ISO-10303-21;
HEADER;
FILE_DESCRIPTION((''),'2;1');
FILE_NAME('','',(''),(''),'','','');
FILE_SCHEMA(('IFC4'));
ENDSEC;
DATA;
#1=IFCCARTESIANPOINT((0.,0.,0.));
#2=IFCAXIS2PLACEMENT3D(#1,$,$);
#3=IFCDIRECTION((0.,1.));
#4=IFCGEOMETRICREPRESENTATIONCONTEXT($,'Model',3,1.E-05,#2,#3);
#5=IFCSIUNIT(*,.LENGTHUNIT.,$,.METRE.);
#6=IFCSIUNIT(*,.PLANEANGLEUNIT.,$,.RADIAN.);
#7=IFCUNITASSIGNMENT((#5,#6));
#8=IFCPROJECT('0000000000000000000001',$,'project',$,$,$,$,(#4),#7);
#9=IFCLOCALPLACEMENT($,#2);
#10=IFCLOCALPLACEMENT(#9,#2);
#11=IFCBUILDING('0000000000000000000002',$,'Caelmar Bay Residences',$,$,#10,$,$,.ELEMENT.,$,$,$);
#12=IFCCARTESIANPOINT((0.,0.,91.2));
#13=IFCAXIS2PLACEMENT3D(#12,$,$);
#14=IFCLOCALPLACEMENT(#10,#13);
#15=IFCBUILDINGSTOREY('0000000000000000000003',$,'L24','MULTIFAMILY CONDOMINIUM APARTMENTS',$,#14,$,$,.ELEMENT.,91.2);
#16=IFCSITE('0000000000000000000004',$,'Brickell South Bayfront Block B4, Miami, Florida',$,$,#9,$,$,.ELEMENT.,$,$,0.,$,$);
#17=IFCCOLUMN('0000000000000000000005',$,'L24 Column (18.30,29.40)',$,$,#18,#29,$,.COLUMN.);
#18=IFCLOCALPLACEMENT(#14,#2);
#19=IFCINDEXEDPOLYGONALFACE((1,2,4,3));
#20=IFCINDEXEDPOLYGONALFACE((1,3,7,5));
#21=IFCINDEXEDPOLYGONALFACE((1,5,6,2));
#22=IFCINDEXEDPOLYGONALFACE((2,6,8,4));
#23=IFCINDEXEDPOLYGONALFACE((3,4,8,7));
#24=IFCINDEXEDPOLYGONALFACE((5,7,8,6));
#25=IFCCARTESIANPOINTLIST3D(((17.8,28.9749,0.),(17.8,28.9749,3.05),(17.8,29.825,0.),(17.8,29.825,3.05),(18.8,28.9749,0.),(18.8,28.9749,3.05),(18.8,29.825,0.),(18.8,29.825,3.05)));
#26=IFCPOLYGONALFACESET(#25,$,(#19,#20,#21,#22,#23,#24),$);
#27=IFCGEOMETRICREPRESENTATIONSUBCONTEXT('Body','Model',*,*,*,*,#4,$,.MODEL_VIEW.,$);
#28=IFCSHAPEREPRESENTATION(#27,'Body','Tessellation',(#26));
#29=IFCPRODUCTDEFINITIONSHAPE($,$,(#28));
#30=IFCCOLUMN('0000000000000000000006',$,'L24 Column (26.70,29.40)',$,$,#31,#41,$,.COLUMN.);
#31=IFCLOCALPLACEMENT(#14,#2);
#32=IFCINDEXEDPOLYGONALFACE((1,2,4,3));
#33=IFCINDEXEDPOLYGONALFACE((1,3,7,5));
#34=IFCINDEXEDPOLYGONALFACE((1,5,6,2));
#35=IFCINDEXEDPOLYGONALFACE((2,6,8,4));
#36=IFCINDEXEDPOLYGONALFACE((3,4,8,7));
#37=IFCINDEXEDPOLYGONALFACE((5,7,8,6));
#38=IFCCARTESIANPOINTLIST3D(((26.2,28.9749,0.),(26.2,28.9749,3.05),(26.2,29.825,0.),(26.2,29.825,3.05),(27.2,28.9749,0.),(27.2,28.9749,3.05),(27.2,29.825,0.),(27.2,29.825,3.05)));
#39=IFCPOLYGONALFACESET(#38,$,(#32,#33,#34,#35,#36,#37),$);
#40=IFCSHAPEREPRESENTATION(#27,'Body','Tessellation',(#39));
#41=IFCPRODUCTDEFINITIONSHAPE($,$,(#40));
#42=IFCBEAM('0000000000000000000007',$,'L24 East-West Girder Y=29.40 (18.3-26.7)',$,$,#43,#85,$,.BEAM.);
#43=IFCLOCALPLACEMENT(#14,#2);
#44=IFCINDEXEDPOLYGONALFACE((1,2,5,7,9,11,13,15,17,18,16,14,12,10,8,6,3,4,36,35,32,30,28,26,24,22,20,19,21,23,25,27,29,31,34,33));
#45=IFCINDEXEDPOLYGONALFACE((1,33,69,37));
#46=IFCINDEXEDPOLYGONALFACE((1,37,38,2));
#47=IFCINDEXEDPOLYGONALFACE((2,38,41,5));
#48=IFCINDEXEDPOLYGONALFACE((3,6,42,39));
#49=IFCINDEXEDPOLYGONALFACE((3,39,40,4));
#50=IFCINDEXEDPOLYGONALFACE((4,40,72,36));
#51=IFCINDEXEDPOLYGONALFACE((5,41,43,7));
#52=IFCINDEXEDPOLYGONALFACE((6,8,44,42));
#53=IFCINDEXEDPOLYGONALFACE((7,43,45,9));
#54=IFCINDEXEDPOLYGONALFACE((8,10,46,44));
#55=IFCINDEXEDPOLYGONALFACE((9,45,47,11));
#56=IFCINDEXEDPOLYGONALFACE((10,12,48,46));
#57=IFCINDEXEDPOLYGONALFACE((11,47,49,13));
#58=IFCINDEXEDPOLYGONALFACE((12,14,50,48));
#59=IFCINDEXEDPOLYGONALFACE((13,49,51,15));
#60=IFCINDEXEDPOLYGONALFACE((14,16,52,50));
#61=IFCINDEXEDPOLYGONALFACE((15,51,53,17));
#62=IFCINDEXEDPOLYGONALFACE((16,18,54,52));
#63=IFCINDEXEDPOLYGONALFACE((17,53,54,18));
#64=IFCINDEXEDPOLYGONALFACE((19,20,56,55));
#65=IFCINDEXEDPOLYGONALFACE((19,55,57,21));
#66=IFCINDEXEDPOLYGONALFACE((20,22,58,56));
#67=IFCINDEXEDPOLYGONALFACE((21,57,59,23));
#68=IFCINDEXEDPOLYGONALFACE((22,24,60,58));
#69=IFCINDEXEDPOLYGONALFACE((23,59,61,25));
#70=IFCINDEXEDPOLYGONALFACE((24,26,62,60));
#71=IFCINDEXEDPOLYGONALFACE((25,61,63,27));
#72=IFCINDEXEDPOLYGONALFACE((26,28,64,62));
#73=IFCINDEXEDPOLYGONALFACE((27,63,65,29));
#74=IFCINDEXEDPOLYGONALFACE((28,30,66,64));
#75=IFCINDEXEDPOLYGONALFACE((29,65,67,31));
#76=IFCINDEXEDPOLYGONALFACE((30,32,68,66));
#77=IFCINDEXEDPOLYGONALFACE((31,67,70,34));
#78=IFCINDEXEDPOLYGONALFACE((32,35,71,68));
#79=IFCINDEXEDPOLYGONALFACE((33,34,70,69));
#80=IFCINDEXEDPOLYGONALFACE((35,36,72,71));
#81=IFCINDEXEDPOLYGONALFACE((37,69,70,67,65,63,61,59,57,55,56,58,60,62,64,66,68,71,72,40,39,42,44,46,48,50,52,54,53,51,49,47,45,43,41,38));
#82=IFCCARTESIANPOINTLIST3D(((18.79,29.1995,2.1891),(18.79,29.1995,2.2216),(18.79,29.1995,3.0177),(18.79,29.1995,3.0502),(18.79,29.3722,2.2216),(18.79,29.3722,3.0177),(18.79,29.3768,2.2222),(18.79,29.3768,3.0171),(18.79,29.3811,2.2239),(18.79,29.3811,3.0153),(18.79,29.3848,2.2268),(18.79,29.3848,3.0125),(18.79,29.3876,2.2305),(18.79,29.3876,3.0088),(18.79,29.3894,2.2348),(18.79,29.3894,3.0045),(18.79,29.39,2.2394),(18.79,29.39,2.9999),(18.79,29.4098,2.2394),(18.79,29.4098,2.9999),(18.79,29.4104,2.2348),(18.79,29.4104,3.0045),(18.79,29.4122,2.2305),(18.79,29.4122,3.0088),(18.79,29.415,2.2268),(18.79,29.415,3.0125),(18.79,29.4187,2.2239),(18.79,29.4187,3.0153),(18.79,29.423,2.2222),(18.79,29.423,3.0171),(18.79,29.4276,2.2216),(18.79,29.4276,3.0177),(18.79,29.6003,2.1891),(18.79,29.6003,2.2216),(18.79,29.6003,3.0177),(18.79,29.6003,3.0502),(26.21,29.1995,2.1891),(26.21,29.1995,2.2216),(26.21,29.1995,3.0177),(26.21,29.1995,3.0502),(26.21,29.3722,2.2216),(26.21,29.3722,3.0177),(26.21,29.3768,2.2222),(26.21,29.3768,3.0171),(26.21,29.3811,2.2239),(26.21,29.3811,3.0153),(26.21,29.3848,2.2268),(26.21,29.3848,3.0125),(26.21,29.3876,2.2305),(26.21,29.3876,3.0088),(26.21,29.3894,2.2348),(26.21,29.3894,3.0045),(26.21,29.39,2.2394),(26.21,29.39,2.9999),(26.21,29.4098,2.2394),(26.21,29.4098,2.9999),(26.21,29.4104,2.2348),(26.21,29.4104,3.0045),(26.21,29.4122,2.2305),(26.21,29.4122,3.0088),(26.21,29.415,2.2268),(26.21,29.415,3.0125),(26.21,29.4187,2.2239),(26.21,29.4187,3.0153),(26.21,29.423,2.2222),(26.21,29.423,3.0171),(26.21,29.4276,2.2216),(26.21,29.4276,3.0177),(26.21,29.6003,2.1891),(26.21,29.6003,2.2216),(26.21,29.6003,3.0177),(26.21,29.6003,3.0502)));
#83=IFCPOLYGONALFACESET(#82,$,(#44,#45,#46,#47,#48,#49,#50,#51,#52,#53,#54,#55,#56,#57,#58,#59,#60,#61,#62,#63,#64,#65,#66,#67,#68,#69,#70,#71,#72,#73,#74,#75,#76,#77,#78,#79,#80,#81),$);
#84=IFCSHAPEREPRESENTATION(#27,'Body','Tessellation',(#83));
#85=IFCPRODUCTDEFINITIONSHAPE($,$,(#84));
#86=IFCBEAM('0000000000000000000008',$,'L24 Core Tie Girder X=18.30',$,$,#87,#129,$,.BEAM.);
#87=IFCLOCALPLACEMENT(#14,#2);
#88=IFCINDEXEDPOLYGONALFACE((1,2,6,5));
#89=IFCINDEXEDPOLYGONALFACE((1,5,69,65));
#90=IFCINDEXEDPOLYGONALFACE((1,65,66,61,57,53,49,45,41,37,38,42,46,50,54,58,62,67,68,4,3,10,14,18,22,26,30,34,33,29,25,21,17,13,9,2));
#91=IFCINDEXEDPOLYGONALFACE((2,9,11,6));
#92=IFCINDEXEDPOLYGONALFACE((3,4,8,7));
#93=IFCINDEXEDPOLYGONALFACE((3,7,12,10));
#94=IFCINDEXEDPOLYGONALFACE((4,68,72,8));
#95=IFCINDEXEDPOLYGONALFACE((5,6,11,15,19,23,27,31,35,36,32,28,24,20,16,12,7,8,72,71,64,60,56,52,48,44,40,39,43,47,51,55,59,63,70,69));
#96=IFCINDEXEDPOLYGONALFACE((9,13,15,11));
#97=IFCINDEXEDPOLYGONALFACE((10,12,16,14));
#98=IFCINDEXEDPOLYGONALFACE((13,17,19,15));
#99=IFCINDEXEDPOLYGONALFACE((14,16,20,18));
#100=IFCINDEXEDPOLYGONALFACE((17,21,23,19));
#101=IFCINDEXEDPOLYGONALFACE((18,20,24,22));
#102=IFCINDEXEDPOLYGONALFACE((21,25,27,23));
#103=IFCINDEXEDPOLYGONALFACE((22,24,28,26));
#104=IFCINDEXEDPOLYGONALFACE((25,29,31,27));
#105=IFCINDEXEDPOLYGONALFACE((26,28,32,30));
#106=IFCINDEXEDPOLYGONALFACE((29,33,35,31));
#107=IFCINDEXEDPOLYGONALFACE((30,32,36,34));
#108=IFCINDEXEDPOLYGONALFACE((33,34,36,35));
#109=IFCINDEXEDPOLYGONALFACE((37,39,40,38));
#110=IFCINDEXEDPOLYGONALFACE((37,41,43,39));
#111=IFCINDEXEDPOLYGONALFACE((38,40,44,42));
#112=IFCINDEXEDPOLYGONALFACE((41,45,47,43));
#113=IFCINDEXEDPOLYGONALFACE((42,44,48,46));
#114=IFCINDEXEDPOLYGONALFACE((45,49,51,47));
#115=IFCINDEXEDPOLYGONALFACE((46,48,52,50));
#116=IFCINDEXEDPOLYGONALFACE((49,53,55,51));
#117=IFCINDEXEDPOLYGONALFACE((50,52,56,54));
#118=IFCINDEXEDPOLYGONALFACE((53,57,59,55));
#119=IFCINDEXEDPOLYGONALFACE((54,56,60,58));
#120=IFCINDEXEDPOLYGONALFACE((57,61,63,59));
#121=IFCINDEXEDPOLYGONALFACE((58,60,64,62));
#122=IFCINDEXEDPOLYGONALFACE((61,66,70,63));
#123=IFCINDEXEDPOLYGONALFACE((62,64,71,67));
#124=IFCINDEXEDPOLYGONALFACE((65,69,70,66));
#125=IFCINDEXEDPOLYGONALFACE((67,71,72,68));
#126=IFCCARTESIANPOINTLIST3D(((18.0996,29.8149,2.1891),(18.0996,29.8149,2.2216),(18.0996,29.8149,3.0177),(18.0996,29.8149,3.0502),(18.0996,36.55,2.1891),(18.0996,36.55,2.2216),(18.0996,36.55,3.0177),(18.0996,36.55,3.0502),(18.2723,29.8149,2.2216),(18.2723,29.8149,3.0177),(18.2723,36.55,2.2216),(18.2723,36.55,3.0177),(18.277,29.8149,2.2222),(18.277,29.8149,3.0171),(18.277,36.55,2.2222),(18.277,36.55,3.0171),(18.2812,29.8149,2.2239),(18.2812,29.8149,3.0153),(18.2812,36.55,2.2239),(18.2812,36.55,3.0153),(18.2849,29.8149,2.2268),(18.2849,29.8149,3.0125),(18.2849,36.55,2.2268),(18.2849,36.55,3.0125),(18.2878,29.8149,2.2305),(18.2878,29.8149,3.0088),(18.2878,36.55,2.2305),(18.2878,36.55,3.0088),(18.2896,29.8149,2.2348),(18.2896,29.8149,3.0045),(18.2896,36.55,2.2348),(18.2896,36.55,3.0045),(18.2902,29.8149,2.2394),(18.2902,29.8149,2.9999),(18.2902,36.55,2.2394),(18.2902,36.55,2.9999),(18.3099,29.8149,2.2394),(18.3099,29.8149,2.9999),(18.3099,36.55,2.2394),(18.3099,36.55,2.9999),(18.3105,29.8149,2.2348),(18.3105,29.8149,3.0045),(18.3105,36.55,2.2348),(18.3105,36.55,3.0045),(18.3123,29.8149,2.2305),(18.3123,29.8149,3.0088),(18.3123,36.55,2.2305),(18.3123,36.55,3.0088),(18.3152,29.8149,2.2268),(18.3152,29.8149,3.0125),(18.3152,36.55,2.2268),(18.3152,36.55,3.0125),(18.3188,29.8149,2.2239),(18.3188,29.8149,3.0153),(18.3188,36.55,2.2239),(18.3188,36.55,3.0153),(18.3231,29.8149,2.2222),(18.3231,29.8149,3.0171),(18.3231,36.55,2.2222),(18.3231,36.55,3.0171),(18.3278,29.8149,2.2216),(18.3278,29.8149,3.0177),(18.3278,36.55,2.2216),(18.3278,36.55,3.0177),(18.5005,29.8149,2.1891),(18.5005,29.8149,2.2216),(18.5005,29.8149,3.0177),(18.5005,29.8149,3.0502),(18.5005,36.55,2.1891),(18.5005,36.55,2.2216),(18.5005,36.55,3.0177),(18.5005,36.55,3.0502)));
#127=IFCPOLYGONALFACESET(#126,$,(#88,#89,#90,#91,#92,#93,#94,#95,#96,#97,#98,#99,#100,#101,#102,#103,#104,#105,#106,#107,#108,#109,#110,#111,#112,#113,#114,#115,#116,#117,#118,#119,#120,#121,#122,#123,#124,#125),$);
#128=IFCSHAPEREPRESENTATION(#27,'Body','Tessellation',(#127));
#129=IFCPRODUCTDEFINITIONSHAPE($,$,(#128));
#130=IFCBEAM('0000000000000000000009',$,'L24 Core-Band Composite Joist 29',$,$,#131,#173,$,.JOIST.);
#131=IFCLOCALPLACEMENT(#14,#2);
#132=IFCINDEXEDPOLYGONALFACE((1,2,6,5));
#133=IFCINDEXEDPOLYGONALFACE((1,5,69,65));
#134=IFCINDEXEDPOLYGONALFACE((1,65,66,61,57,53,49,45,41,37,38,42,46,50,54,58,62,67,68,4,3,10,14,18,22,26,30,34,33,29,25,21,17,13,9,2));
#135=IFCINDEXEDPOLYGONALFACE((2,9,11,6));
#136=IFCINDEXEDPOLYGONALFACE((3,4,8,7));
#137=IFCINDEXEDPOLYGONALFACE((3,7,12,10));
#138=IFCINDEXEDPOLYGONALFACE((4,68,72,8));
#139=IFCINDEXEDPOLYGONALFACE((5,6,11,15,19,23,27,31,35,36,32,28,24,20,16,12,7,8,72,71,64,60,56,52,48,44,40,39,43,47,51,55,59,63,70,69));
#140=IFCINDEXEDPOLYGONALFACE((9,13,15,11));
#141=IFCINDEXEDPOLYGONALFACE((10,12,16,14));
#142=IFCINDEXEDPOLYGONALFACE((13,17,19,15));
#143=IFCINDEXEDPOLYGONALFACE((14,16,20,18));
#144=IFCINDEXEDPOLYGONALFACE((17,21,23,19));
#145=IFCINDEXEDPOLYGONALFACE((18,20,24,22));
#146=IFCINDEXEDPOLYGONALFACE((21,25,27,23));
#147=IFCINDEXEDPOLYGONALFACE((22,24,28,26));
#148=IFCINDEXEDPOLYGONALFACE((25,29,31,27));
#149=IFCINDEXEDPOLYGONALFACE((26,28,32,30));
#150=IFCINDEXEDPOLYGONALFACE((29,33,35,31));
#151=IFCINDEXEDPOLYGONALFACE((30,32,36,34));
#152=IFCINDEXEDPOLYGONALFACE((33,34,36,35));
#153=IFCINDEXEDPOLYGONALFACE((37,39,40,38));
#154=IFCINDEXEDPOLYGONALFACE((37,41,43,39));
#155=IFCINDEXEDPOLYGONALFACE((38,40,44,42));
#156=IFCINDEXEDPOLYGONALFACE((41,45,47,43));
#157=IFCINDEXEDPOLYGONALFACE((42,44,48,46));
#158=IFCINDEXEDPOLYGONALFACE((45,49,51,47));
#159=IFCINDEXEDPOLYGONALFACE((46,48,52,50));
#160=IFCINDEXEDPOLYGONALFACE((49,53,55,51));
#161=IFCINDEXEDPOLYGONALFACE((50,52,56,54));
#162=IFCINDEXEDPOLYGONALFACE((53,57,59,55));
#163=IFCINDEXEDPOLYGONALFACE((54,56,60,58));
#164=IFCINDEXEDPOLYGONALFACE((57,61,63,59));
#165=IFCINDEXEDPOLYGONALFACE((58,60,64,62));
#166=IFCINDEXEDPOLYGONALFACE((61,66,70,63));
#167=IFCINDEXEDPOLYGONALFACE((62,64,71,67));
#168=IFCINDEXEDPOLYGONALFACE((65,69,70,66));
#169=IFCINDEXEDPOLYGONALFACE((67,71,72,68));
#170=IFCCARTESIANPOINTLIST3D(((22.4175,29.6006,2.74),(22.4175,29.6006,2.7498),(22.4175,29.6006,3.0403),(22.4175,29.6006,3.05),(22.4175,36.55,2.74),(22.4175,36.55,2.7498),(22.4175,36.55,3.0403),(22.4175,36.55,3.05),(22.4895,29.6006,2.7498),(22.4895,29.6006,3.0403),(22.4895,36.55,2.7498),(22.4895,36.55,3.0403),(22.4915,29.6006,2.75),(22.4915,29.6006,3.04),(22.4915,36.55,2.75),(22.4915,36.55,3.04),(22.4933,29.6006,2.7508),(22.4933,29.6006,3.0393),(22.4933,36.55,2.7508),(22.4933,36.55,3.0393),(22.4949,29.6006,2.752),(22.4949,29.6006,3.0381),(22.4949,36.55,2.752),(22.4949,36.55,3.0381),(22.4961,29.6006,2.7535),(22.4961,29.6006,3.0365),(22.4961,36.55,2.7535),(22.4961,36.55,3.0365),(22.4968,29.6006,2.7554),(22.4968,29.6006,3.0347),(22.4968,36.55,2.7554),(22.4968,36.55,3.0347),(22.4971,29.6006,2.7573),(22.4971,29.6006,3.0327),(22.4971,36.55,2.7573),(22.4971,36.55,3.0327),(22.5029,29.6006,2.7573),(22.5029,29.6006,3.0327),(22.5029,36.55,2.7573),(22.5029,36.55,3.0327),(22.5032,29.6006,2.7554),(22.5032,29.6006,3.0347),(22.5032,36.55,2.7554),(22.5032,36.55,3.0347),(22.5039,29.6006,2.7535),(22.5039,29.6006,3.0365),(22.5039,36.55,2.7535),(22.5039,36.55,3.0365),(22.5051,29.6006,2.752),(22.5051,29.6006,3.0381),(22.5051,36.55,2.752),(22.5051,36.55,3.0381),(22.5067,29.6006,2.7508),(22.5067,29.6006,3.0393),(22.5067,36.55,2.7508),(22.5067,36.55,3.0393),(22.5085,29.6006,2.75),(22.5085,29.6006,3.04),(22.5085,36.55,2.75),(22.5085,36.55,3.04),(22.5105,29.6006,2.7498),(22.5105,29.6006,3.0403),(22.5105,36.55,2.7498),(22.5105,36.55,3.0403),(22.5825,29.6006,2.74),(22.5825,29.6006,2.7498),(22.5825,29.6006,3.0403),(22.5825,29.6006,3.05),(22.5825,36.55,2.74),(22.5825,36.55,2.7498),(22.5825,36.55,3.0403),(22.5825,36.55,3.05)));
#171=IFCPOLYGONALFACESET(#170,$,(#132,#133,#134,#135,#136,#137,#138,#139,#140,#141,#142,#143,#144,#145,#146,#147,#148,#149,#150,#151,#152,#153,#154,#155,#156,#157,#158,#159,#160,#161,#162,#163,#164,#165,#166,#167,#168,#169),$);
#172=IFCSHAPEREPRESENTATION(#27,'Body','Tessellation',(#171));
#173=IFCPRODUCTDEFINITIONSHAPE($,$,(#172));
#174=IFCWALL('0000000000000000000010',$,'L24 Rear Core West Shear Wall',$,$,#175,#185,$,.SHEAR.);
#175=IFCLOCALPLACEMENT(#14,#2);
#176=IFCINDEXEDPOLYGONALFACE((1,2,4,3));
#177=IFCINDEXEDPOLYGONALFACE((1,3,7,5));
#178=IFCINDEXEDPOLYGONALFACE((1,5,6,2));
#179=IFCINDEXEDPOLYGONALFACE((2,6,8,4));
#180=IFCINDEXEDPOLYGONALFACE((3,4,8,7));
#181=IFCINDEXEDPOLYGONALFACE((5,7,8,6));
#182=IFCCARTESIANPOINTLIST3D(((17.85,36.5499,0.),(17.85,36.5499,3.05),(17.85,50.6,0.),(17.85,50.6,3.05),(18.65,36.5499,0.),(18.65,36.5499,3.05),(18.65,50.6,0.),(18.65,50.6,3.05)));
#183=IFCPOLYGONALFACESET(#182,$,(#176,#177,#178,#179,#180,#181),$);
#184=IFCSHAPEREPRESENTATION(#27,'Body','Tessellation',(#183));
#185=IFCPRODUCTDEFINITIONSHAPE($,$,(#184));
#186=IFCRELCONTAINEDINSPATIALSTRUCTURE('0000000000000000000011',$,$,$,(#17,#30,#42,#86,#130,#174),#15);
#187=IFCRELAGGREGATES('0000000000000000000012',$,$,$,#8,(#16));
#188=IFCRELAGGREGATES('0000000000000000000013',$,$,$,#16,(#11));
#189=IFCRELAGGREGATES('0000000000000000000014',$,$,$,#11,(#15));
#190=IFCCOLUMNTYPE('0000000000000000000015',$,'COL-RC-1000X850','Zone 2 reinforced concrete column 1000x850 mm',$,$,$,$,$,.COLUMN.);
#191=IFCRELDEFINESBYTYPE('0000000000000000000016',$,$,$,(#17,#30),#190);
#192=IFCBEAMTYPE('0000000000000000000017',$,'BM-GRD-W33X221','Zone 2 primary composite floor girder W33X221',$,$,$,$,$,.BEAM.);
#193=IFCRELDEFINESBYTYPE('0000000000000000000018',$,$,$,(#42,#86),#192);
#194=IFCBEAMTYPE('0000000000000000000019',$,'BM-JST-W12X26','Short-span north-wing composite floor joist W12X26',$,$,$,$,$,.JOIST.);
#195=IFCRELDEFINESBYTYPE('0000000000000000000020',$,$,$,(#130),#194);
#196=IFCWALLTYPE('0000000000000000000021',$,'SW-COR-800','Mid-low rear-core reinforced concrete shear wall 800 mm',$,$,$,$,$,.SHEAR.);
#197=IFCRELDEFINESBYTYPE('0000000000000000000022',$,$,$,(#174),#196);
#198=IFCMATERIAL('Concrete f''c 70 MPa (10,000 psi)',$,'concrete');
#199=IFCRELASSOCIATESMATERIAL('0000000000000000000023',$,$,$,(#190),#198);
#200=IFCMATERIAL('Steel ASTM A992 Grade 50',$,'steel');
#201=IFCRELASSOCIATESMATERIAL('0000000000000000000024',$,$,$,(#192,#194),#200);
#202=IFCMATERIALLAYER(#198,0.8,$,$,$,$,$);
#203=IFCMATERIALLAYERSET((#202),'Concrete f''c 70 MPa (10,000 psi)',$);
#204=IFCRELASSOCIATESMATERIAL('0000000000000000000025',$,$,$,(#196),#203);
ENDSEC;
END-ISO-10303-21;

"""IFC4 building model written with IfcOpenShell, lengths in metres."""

from ifc_helpers import new_model, si_unit, direction, frame, frame_2d, origin, origin_2d, place, context, subcontext, project, spatial, rectangle, i_section, extrude, material, layer, layer_set, material_profile, profile_set, type_object, element, save


model = new_model("IFC4")

# Units and contexts
model_context = context("Model", 3, precision=1e-05, world=origin(), true_north=direction((0.0, 1.0)))
body_context = subcontext(model_context, "Body", "Model", "MODEL_VIEW")
ifc_project = project(units=[si_unit("LENGTHUNIT", "METRE"), si_unit("PLANEANGLEUNIT", "RADIAN")], contexts=[model_context])

# Site, building, storey
site_placement = place(None, origin())
site = spatial("IfcSite", under=ifc_project, at=site_placement, Name="Brickell South Bayfront Block B4, Miami, Florida", CompositionType="ELEMENT", RefElevation=0.0)
building_placement = place(site_placement, origin())
building = spatial("IfcBuilding", under=site, at=building_placement, Name="Caelmar Bay Residences", CompositionType="ELEMENT")
storey_placement = place(building_placement, frame((0.0, 0.0, 91.2)))
storey = spatial("IfcBuildingStorey", under=building, at=storey_placement, Name="L24", Description="MULTIFAMILY CONDOMINIUM APARTMENTS", CompositionType="ELEMENT", Elevation=91.2)

# Columns
ifc_material_1 = material(Name="Concrete f'c 70 MPa (10,000 psi)", Category="concrete")
ifc_material_profile_1 = material_profile(ifc_material_1, rectangle(XDim=1.0, YDim=0.8501, at=origin_2d()), Name="RC-COL-1000X850")
ifc_profile_set_1 = profile_set([ifc_material_profile_1], Name="Concrete f'c 70 MPa (10,000 psi)")
column_type = type_object("IfcColumnType", Name="COL-RC-1000X850", Description="Zone 2 reinforced concrete column 1000x850 mm", PredefinedType="COLUMN", material=ifc_profile_set_1)
for number, where, z_axis, x_axis, name in (
    (1, (18.3, 29.3999, 0.0), (0.0, 0.0, 1.0), (1.0, 0.0, 0.0), "L24 Column (18.30,29.40)"),
    (2, (26.7, 29.3999, 0.0), (0.0, 0.0, 1.0), (1.0, 0.0, 0.0), "L24 Column (26.70,29.40)"),
):
    element("IfcColumn", number, at=place(storey_placement, frame(where, z_axis=z_axis, x_axis=x_axis)), inside=storey, type_object=column_type, Name=name, PredefinedType="COLUMN", context=body_context, shape_type="SweptSolid", body=[
        extrude(rectangle(XDim=1.0, YDim=0.8501, at=origin_2d()), origin(), (0.0, 0.0, 1.0), 3.05),
    ])

# Beams
ifc_material_2 = material(Name="Steel ASTM A992 Grade 50", Category="steel")
ifc_material_profile_2 = material_profile(ifc_material_2, i_section(OverallWidth=0.4009, OverallDepth=0.8611, WebThickness=0.0198, FlangeThickness=0.0325, FilletRadius=0.0178, at=origin_2d()), Name="W33X221")
ifc_profile_set_2 = profile_set([ifc_material_profile_2], Name="Steel ASTM A992 Grade 50")
beam_type_1 = type_object("IfcBeamType", Name="BM-GRD-W33X221", Description="Zone 2 primary composite floor girder W33X221", PredefinedType="BEAM", material=ifc_profile_set_2)
beam_1_placement = place(storey_placement, frame((18.79, 29.3999, 2.6196), z_axis=(1.0, 0.0, 0.0), x_axis=(0.0, 1.0, 0.0)))
element("IfcBeam", 3, at=beam_1_placement, inside=storey, type_object=beam_type_1, Name="L24 East-West Girder Y=29.40 (18.3-26.7)", PredefinedType="BEAM", context=body_context, shape_type="SweptSolid", body=[
    extrude(i_section(OverallWidth=0.4009, OverallDepth=0.8611, WebThickness=0.0198, FlangeThickness=0.0325, FilletRadius=0.0178, at=origin_2d()), origin(), (0.0, 0.0, 1.0), 7.4199),
])
beam_2_placement = place(storey_placement, frame((18.3, 29.8149, 2.6196), z_axis=(0.0, 1.0, 0.0), x_axis=(-1.0, 0.0, 0.0)))
element("IfcBeam", 4, at=beam_2_placement, inside=storey, type_object=beam_type_1, Name="L24 Core Tie Girder X=18.30", PredefinedType="BEAM", context=body_context, shape_type="SweptSolid", body=[
    extrude(i_section(OverallWidth=0.4009, OverallDepth=0.8611, WebThickness=0.0198, FlangeThickness=0.0325, FilletRadius=0.0178, at=origin_2d()), origin(), (0.0, 0.0, 1.0), 6.7351),
])
ifc_material_profile_3 = material_profile(ifc_material_2, i_section(OverallWidth=0.165, OverallDepth=0.3101, WebThickness=0.0059, FlangeThickness=0.0098, FilletRadius=0.0076, at=origin_2d()), Name="W12X26")
ifc_profile_set_3 = profile_set([ifc_material_profile_3], Name="Steel ASTM A992 Grade 50")
beam_type_2 = type_object("IfcBeamType", Name="BM-JST-W12X26", Description="Short-span north-wing composite floor joist W12X26", PredefinedType="JOIST", material=ifc_profile_set_3)
beam_3_placement = place(storey_placement, frame((22.5, 29.6006, 2.895), z_axis=(0.0, 1.0, 0.0), x_axis=(-1.0, 0.0, 0.0)))
element("IfcBeam", 5, at=beam_3_placement, inside=storey, type_object=beam_type_2, Name="L24 Core-Band Composite Joist 29", PredefinedType="JOIST", context=body_context, shape_type="SweptSolid", body=[
    extrude(i_section(OverallWidth=0.165, OverallDepth=0.3101, WebThickness=0.0059, FlangeThickness=0.0098, FilletRadius=0.0076, at=origin_2d()), origin(), (0.0, 0.0, 1.0), 6.9495),
])

# Wall
ifc_layer_1 = layer(ifc_material_1, 0.8)
ifc_layer_set_1 = layer_set([ifc_layer_1], Name="Concrete f'c 70 MPa (10,000 psi)")
wall_type_1 = type_object("IfcWallType", Name="SW-COR-800", Description="Mid-low rear-core reinforced concrete shear wall 800 mm", PredefinedType="SHEAR", material=ifc_layer_set_1)
wall_1_placement = place(storey_placement, frame((18.25, 36.55, 0.0), z_axis=(0.0, 0.0, 1.0), x_axis=(0.0, 1.0, 0.0)))
element("IfcWall", 6, at=wall_1_placement, inside=storey, type_object=wall_type_1, Name="L24 Rear Core West Shear Wall", PredefinedType="SHEAR", context=body_context, shape_type="SweptSolid", body=[
    extrude(rectangle(XDim=14.05, YDim=0.8, at=frame_2d((7.0249, 0.0))), origin(), (0.0, 0.0, 1.0), 3.05),
])

save(model, "model.ifc")
